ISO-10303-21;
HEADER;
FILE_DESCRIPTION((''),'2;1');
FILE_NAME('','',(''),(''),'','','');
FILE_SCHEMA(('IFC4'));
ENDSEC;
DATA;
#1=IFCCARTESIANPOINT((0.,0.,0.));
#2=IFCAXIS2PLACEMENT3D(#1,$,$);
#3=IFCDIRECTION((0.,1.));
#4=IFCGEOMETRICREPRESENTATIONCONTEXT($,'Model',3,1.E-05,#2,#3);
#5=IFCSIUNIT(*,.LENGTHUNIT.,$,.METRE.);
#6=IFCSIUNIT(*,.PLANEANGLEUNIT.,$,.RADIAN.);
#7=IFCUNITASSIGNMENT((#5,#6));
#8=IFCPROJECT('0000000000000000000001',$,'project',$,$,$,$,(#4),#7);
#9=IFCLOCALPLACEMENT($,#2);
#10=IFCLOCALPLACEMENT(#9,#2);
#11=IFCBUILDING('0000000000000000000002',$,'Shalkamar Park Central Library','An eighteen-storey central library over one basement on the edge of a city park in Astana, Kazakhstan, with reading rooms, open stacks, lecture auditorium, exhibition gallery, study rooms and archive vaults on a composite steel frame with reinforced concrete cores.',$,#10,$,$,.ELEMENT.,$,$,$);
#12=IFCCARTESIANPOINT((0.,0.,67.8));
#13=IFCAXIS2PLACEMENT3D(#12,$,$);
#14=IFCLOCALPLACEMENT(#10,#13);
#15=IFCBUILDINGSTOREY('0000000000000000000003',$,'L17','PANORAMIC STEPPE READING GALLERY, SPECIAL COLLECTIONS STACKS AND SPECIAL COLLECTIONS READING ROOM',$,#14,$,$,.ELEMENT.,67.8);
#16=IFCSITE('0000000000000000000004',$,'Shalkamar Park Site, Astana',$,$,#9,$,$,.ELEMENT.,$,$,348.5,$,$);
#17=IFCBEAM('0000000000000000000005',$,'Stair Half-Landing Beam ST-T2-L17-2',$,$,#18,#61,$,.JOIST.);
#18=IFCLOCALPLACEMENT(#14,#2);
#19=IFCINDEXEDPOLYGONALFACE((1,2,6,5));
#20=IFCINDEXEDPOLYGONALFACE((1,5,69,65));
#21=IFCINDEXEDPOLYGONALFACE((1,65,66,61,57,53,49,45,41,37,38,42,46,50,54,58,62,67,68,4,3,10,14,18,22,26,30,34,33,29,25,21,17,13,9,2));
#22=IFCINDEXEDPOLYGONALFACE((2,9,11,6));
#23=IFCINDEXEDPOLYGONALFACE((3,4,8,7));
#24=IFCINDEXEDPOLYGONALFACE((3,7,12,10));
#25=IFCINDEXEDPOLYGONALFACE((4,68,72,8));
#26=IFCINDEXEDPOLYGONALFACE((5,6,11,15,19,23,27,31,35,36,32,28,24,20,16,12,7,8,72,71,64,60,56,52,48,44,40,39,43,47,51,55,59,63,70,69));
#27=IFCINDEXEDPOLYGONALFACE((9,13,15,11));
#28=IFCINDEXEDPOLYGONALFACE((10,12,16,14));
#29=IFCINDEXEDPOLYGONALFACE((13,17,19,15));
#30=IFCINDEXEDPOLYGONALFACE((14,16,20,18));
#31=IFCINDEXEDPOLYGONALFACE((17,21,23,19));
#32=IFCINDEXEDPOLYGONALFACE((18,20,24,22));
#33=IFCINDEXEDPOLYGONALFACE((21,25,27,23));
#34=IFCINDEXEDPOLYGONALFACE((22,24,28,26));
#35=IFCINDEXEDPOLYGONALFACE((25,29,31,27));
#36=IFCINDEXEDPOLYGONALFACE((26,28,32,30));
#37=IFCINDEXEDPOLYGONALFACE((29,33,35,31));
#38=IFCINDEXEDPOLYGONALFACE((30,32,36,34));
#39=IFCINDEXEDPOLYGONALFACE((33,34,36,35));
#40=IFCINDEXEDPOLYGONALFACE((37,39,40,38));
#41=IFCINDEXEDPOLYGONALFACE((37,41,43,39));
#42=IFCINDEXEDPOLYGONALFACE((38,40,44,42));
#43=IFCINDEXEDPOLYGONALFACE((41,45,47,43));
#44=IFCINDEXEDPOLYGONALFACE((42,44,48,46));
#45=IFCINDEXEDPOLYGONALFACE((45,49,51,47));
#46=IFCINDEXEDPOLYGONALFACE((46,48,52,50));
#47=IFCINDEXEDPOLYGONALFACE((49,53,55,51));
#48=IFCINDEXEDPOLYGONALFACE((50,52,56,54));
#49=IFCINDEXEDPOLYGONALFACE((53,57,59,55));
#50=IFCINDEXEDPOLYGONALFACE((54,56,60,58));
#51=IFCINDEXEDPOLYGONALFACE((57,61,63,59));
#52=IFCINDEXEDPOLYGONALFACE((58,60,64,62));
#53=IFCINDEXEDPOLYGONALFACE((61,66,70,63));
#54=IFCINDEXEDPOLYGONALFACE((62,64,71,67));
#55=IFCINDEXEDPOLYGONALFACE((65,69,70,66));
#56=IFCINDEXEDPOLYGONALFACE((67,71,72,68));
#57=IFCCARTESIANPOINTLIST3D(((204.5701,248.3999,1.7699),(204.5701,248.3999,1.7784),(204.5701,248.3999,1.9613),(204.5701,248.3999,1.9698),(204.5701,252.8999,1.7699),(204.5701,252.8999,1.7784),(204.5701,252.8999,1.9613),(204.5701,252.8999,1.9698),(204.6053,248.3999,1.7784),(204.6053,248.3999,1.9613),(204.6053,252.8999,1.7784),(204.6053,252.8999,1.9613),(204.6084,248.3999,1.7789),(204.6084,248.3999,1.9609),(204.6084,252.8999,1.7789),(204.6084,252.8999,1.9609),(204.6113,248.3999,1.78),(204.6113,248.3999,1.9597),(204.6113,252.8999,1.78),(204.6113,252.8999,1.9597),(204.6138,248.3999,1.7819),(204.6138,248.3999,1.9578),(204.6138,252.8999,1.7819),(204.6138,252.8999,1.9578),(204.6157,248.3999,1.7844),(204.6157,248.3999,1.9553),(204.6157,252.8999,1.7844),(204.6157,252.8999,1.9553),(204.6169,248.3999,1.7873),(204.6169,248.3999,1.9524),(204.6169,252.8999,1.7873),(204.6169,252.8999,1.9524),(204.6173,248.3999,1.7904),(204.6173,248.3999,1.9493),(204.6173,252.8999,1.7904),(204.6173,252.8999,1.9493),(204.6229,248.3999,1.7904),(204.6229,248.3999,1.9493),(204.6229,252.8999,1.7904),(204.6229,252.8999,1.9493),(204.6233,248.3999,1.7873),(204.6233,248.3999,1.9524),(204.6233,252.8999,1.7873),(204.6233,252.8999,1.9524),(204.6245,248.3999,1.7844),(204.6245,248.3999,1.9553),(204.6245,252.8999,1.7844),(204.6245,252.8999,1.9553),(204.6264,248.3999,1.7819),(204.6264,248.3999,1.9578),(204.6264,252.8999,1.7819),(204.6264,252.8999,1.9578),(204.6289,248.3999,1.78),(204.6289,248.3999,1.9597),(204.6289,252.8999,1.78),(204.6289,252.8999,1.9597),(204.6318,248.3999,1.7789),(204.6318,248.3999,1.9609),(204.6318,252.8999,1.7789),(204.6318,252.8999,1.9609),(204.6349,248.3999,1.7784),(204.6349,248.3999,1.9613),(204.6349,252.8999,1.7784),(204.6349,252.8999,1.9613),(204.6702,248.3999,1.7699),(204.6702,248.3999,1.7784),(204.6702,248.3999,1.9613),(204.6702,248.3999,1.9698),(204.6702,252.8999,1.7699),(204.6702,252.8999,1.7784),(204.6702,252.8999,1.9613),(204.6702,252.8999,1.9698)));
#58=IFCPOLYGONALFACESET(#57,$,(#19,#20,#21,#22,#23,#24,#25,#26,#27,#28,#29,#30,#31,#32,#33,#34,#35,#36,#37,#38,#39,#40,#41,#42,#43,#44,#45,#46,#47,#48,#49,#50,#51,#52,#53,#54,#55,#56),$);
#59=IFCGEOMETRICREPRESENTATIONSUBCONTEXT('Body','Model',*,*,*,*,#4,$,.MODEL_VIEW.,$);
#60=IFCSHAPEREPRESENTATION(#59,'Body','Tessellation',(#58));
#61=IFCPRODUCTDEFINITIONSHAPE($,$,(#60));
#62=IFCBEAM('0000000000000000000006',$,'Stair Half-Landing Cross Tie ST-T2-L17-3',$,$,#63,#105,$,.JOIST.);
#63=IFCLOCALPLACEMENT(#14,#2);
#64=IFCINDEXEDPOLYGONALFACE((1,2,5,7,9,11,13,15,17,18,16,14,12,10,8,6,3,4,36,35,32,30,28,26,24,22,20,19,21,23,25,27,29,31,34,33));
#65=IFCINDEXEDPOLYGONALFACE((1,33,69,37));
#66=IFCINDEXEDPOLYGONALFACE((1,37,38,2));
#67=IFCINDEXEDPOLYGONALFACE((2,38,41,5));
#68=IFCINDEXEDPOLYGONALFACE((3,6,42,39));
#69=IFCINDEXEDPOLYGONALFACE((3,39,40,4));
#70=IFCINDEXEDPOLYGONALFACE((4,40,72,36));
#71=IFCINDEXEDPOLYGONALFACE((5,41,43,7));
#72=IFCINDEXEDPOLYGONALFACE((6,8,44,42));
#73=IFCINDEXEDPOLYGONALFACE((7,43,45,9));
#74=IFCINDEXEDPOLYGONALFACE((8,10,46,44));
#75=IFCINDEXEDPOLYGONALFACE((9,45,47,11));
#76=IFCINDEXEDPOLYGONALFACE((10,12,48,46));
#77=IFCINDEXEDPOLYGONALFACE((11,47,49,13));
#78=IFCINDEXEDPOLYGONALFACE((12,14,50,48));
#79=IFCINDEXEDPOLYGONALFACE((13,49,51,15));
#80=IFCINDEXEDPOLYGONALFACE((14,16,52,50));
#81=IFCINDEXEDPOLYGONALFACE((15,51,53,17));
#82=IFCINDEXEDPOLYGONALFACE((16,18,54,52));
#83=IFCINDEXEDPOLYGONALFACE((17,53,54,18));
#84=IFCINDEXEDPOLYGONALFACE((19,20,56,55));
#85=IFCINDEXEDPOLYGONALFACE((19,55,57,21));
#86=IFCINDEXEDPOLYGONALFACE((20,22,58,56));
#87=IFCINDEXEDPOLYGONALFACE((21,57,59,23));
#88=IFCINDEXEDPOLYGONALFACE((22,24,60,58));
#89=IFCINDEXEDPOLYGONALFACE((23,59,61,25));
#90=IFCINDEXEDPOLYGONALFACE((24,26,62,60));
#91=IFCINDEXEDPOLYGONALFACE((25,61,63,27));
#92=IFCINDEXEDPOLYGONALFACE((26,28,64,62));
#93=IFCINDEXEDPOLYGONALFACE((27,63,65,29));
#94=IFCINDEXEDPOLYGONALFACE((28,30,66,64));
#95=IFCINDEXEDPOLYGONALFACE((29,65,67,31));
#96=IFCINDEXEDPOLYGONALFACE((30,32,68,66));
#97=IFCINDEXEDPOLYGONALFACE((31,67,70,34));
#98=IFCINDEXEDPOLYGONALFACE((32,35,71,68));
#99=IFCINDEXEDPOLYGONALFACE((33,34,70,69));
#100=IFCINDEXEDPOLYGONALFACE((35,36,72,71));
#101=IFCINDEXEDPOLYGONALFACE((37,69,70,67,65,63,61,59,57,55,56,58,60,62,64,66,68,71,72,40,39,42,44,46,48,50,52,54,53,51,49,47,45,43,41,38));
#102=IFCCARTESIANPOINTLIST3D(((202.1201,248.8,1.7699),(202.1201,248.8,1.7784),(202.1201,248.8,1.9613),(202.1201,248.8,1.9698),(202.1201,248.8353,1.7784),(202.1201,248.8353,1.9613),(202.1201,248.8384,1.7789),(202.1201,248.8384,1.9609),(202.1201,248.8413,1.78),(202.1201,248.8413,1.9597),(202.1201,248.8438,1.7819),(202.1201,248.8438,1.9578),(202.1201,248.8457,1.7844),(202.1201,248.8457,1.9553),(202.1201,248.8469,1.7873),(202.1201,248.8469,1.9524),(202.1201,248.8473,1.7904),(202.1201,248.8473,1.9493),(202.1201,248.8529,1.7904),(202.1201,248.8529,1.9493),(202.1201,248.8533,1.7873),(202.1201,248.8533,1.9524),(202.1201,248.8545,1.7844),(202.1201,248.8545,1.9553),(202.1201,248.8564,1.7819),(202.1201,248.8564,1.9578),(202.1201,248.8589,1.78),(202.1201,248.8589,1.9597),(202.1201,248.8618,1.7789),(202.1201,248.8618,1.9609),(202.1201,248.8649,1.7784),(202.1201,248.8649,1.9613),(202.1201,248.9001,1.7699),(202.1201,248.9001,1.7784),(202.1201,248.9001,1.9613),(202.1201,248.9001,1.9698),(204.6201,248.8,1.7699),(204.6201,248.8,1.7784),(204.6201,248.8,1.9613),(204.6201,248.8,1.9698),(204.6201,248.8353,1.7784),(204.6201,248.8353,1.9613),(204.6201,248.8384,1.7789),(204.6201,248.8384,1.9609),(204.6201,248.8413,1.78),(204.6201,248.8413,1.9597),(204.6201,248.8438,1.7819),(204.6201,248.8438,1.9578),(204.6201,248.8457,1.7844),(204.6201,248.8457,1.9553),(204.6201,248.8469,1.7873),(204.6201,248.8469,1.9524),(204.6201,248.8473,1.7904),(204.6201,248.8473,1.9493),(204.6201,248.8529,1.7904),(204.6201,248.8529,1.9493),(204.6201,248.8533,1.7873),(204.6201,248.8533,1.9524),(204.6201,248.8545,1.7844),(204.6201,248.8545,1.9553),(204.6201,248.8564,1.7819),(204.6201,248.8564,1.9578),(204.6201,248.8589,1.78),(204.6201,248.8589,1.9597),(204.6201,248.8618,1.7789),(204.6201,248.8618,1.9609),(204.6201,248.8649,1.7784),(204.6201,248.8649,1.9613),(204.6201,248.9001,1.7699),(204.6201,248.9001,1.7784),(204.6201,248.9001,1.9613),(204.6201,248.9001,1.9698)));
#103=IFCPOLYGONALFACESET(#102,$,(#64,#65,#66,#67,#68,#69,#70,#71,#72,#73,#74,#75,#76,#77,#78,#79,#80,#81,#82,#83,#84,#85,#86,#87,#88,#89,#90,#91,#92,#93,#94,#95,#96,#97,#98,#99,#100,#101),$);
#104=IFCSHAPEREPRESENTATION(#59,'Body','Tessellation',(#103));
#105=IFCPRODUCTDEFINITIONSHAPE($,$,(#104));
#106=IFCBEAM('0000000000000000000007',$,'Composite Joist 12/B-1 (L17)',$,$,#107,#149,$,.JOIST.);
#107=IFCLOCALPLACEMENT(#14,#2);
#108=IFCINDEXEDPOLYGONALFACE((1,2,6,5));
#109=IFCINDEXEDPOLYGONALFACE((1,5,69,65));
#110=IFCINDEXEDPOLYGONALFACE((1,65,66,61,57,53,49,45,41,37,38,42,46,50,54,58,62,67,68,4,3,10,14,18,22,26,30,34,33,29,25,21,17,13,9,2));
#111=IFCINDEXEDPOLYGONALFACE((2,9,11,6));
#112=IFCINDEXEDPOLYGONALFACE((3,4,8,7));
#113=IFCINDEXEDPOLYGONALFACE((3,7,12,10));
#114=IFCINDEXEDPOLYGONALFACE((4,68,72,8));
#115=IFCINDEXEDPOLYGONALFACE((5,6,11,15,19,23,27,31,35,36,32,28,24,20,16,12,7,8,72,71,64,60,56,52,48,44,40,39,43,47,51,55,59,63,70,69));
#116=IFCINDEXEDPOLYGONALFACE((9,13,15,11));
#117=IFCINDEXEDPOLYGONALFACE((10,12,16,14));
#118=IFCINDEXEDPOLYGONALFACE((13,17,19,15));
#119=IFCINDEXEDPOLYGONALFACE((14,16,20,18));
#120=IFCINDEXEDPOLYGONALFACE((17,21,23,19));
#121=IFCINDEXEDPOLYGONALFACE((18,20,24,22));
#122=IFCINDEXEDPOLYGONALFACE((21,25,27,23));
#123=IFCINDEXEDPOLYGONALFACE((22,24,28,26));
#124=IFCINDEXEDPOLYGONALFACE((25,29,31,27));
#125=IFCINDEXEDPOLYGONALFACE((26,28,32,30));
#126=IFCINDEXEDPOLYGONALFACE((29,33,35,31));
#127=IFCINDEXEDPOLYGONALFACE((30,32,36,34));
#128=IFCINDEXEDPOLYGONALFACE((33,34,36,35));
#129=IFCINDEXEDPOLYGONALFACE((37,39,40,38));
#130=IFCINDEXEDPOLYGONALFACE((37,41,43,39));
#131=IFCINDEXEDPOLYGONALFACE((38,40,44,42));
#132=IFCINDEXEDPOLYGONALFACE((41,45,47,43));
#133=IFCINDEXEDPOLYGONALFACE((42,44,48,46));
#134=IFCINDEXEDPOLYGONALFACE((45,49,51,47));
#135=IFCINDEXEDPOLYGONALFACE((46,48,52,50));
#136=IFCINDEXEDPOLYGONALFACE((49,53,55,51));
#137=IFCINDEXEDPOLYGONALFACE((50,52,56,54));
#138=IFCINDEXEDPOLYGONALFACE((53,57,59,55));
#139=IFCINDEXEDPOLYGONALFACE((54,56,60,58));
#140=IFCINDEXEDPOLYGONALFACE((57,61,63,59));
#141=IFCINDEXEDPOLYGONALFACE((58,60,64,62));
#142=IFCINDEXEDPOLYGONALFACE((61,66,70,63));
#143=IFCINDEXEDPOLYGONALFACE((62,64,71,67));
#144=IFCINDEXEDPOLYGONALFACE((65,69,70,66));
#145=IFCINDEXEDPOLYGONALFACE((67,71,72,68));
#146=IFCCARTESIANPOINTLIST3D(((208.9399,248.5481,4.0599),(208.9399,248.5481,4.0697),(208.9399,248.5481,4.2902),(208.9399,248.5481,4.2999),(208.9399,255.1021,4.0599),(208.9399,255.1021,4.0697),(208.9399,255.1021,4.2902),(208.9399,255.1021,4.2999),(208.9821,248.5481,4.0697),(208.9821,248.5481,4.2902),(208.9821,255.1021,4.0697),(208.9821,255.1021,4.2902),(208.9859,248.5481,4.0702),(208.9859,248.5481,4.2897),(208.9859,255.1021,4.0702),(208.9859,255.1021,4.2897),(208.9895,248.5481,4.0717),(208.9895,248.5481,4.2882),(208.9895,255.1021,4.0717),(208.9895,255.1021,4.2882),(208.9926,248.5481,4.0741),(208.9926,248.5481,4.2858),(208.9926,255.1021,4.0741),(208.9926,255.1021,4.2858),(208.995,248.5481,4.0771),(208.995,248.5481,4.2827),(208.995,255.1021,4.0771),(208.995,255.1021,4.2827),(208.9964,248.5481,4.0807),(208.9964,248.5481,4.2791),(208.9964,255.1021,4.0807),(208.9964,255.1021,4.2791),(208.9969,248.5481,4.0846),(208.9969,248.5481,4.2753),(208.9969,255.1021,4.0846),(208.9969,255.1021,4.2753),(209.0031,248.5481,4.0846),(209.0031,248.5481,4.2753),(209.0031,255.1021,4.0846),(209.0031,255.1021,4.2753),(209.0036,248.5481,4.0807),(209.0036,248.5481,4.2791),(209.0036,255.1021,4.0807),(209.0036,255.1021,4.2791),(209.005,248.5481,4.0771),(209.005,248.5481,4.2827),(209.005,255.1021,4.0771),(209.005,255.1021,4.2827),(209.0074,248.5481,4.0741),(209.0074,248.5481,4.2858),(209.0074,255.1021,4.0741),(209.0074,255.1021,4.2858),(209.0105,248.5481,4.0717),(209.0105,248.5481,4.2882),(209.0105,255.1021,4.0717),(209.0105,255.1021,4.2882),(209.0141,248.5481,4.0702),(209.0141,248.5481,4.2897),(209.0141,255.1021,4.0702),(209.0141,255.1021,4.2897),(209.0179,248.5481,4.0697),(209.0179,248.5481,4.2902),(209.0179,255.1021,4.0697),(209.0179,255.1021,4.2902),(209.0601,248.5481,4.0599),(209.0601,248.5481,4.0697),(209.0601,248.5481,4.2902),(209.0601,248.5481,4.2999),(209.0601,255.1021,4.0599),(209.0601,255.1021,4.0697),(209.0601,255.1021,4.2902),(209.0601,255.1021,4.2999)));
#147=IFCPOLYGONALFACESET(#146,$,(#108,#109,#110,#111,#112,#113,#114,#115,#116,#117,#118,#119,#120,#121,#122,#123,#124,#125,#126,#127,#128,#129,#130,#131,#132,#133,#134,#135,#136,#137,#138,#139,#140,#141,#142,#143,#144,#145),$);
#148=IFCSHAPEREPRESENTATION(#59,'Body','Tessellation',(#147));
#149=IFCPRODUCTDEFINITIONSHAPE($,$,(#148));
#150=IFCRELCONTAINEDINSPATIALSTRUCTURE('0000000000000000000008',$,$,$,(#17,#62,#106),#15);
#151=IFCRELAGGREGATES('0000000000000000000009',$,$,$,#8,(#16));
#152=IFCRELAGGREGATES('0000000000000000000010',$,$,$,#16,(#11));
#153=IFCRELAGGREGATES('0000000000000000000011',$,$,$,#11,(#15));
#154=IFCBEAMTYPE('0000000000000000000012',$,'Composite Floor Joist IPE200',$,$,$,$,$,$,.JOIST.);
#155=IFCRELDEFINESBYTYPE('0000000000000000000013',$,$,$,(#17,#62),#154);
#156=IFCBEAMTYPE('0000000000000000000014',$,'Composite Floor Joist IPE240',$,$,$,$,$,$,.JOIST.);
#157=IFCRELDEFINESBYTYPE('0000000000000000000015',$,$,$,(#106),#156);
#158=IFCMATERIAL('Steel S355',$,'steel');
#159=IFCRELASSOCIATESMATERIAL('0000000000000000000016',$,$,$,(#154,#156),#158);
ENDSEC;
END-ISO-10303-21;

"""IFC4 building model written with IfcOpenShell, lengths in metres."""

from ifc_helpers import new_model, si_unit, direction, frame, origin, origin_2d, place, context, subcontext, project, spatial, i_section, extrude, material, material_profile, profile_set, type_object, element, save


model = new_model("IFC4")

# Units and contexts
model_context = context("Model", 3, precision=1e-05, world=origin(), true_north=direction((0.0, 1.0)))
body_context = subcontext(model_context, "Body", "Model", "MODEL_VIEW")
ifc_project = project(units=[si_unit("LENGTHUNIT", "METRE"), si_unit("PLANEANGLEUNIT", "RADIAN")], contexts=[model_context])

# Site, building, storey
site_placement = place(None, origin())
site = spatial("IfcSite", under=ifc_project, at=site_placement, Name="Shalkamar Park Site, Astana", CompositionType="ELEMENT", RefElevation=348.5)
building_placement = place(site_placement, origin())
building = spatial("IfcBuilding", under=site, at=building_placement, Name="Shalkamar Park Central Library", Description="An eighteen-storey central library over one basement on the edge of a city park in Astana, Kazakhstan, with reading rooms, open stacks, lecture auditorium, exhibition gallery, study rooms and archive vaults on a composite steel frame with reinforced concrete cores.", CompositionType="ELEMENT")
storey_placement = place(building_placement, frame((0.0, 0.0, 67.8)))
storey = spatial("IfcBuildingStorey", under=building, at=storey_placement, Name="L17", Description="PANORAMIC STEPPE READING GALLERY, SPECIAL COLLECTIONS STACKS AND SPECIAL COLLECTIONS READING ROOM", CompositionType="ELEMENT", Elevation=67.8)

# Beams
ifc_material_1 = material(Name="Steel S355", Category="steel")
ifc_material_profile_1 = material_profile(ifc_material_1, i_section(OverallWidth=0.1001, OverallDepth=0.2, WebThickness=0.0056, FlangeThickness=0.0085, FilletRadius=0.012, at=origin_2d()), Name="IPE 200")
ifc_profile_set_1 = profile_set([ifc_material_profile_1], Name="Steel S355")
beam_type_1 = type_object("IfcBeamType", Name="Composite Floor Joist IPE200", PredefinedType="JOIST", material=ifc_profile_set_1)
beam_1_placement = place(storey_placement, frame((204.6201, 248.3999, 1.8699), z_axis=(0.0, 1.0, 0.0), x_axis=(-1.0, 0.0, 0.0)))
element("IfcBeam", 1, at=beam_1_placement, inside=storey, type_object=beam_type_1, Name="Stair Half-Landing Beam ST-T2-L17-2", PredefinedType="JOIST", context=body_context, shape_type="SweptSolid", body=[
    extrude(i_section(OverallWidth=0.1001, OverallDepth=0.2, WebThickness=0.0056, FlangeThickness=0.0085, FilletRadius=0.012, at=origin_2d()), origin(), (0.0, 0.0, 1.0), 4.5),
])
beam_2_placement = place(storey_placement, frame((202.1201, 248.8501, 1.8699), z_axis=(1.0, 0.0, 0.0), x_axis=(0.0, 1.0, 0.0)))
element("IfcBeam", 2, at=beam_2_placement, inside=storey, type_object=beam_type_1, Name="Stair Half-Landing Cross Tie ST-T2-L17-3", PredefinedType="JOIST", context=body_context, shape_type="SweptSolid", body=[
    extrude(i_section(OverallWidth=0.1001, OverallDepth=0.2, WebThickness=0.0056, FlangeThickness=0.0085, FilletRadius=0.012, at=origin_2d()), origin(), (0.0, 0.0, 1.0), 2.5),
])
ifc_material_profile_2 = material_profile(ifc_material_1, i_section(OverallWidth=0.1201, OverallDepth=0.24, WebThickness=0.0061, FlangeThickness=0.0098, FilletRadius=0.0149, at=origin_2d()), Name="IPE 240")
ifc_profile_set_2 = profile_set([ifc_material_profile_2], Name="Steel S355")
beam_type_2 = type_object("IfcBeamType", Name="Composite Floor Joist IPE240", PredefinedType="JOIST", material=ifc_profile_set_2)
beam_3_placement = place(storey_placement, frame((209.0, 248.5481, 4.1799), z_axis=(0.0, 1.0, 0.0), x_axis=(-1.0, 0.0, 0.0)))
element("IfcBeam", 3, at=beam_3_placement, inside=storey, type_object=beam_type_2, Name="Composite Joist 12/B-1 (L17)", PredefinedType="JOIST", context=body_context, shape_type="SweptSolid", body=[
    extrude(i_section(OverallWidth=0.1201, OverallDepth=0.24, WebThickness=0.0061, FlangeThickness=0.0098, FilletRadius=0.0149, at=origin_2d()), origin(), (0.0, 0.0, 1.0), 6.554),
])

save(model, "model.ifc")
